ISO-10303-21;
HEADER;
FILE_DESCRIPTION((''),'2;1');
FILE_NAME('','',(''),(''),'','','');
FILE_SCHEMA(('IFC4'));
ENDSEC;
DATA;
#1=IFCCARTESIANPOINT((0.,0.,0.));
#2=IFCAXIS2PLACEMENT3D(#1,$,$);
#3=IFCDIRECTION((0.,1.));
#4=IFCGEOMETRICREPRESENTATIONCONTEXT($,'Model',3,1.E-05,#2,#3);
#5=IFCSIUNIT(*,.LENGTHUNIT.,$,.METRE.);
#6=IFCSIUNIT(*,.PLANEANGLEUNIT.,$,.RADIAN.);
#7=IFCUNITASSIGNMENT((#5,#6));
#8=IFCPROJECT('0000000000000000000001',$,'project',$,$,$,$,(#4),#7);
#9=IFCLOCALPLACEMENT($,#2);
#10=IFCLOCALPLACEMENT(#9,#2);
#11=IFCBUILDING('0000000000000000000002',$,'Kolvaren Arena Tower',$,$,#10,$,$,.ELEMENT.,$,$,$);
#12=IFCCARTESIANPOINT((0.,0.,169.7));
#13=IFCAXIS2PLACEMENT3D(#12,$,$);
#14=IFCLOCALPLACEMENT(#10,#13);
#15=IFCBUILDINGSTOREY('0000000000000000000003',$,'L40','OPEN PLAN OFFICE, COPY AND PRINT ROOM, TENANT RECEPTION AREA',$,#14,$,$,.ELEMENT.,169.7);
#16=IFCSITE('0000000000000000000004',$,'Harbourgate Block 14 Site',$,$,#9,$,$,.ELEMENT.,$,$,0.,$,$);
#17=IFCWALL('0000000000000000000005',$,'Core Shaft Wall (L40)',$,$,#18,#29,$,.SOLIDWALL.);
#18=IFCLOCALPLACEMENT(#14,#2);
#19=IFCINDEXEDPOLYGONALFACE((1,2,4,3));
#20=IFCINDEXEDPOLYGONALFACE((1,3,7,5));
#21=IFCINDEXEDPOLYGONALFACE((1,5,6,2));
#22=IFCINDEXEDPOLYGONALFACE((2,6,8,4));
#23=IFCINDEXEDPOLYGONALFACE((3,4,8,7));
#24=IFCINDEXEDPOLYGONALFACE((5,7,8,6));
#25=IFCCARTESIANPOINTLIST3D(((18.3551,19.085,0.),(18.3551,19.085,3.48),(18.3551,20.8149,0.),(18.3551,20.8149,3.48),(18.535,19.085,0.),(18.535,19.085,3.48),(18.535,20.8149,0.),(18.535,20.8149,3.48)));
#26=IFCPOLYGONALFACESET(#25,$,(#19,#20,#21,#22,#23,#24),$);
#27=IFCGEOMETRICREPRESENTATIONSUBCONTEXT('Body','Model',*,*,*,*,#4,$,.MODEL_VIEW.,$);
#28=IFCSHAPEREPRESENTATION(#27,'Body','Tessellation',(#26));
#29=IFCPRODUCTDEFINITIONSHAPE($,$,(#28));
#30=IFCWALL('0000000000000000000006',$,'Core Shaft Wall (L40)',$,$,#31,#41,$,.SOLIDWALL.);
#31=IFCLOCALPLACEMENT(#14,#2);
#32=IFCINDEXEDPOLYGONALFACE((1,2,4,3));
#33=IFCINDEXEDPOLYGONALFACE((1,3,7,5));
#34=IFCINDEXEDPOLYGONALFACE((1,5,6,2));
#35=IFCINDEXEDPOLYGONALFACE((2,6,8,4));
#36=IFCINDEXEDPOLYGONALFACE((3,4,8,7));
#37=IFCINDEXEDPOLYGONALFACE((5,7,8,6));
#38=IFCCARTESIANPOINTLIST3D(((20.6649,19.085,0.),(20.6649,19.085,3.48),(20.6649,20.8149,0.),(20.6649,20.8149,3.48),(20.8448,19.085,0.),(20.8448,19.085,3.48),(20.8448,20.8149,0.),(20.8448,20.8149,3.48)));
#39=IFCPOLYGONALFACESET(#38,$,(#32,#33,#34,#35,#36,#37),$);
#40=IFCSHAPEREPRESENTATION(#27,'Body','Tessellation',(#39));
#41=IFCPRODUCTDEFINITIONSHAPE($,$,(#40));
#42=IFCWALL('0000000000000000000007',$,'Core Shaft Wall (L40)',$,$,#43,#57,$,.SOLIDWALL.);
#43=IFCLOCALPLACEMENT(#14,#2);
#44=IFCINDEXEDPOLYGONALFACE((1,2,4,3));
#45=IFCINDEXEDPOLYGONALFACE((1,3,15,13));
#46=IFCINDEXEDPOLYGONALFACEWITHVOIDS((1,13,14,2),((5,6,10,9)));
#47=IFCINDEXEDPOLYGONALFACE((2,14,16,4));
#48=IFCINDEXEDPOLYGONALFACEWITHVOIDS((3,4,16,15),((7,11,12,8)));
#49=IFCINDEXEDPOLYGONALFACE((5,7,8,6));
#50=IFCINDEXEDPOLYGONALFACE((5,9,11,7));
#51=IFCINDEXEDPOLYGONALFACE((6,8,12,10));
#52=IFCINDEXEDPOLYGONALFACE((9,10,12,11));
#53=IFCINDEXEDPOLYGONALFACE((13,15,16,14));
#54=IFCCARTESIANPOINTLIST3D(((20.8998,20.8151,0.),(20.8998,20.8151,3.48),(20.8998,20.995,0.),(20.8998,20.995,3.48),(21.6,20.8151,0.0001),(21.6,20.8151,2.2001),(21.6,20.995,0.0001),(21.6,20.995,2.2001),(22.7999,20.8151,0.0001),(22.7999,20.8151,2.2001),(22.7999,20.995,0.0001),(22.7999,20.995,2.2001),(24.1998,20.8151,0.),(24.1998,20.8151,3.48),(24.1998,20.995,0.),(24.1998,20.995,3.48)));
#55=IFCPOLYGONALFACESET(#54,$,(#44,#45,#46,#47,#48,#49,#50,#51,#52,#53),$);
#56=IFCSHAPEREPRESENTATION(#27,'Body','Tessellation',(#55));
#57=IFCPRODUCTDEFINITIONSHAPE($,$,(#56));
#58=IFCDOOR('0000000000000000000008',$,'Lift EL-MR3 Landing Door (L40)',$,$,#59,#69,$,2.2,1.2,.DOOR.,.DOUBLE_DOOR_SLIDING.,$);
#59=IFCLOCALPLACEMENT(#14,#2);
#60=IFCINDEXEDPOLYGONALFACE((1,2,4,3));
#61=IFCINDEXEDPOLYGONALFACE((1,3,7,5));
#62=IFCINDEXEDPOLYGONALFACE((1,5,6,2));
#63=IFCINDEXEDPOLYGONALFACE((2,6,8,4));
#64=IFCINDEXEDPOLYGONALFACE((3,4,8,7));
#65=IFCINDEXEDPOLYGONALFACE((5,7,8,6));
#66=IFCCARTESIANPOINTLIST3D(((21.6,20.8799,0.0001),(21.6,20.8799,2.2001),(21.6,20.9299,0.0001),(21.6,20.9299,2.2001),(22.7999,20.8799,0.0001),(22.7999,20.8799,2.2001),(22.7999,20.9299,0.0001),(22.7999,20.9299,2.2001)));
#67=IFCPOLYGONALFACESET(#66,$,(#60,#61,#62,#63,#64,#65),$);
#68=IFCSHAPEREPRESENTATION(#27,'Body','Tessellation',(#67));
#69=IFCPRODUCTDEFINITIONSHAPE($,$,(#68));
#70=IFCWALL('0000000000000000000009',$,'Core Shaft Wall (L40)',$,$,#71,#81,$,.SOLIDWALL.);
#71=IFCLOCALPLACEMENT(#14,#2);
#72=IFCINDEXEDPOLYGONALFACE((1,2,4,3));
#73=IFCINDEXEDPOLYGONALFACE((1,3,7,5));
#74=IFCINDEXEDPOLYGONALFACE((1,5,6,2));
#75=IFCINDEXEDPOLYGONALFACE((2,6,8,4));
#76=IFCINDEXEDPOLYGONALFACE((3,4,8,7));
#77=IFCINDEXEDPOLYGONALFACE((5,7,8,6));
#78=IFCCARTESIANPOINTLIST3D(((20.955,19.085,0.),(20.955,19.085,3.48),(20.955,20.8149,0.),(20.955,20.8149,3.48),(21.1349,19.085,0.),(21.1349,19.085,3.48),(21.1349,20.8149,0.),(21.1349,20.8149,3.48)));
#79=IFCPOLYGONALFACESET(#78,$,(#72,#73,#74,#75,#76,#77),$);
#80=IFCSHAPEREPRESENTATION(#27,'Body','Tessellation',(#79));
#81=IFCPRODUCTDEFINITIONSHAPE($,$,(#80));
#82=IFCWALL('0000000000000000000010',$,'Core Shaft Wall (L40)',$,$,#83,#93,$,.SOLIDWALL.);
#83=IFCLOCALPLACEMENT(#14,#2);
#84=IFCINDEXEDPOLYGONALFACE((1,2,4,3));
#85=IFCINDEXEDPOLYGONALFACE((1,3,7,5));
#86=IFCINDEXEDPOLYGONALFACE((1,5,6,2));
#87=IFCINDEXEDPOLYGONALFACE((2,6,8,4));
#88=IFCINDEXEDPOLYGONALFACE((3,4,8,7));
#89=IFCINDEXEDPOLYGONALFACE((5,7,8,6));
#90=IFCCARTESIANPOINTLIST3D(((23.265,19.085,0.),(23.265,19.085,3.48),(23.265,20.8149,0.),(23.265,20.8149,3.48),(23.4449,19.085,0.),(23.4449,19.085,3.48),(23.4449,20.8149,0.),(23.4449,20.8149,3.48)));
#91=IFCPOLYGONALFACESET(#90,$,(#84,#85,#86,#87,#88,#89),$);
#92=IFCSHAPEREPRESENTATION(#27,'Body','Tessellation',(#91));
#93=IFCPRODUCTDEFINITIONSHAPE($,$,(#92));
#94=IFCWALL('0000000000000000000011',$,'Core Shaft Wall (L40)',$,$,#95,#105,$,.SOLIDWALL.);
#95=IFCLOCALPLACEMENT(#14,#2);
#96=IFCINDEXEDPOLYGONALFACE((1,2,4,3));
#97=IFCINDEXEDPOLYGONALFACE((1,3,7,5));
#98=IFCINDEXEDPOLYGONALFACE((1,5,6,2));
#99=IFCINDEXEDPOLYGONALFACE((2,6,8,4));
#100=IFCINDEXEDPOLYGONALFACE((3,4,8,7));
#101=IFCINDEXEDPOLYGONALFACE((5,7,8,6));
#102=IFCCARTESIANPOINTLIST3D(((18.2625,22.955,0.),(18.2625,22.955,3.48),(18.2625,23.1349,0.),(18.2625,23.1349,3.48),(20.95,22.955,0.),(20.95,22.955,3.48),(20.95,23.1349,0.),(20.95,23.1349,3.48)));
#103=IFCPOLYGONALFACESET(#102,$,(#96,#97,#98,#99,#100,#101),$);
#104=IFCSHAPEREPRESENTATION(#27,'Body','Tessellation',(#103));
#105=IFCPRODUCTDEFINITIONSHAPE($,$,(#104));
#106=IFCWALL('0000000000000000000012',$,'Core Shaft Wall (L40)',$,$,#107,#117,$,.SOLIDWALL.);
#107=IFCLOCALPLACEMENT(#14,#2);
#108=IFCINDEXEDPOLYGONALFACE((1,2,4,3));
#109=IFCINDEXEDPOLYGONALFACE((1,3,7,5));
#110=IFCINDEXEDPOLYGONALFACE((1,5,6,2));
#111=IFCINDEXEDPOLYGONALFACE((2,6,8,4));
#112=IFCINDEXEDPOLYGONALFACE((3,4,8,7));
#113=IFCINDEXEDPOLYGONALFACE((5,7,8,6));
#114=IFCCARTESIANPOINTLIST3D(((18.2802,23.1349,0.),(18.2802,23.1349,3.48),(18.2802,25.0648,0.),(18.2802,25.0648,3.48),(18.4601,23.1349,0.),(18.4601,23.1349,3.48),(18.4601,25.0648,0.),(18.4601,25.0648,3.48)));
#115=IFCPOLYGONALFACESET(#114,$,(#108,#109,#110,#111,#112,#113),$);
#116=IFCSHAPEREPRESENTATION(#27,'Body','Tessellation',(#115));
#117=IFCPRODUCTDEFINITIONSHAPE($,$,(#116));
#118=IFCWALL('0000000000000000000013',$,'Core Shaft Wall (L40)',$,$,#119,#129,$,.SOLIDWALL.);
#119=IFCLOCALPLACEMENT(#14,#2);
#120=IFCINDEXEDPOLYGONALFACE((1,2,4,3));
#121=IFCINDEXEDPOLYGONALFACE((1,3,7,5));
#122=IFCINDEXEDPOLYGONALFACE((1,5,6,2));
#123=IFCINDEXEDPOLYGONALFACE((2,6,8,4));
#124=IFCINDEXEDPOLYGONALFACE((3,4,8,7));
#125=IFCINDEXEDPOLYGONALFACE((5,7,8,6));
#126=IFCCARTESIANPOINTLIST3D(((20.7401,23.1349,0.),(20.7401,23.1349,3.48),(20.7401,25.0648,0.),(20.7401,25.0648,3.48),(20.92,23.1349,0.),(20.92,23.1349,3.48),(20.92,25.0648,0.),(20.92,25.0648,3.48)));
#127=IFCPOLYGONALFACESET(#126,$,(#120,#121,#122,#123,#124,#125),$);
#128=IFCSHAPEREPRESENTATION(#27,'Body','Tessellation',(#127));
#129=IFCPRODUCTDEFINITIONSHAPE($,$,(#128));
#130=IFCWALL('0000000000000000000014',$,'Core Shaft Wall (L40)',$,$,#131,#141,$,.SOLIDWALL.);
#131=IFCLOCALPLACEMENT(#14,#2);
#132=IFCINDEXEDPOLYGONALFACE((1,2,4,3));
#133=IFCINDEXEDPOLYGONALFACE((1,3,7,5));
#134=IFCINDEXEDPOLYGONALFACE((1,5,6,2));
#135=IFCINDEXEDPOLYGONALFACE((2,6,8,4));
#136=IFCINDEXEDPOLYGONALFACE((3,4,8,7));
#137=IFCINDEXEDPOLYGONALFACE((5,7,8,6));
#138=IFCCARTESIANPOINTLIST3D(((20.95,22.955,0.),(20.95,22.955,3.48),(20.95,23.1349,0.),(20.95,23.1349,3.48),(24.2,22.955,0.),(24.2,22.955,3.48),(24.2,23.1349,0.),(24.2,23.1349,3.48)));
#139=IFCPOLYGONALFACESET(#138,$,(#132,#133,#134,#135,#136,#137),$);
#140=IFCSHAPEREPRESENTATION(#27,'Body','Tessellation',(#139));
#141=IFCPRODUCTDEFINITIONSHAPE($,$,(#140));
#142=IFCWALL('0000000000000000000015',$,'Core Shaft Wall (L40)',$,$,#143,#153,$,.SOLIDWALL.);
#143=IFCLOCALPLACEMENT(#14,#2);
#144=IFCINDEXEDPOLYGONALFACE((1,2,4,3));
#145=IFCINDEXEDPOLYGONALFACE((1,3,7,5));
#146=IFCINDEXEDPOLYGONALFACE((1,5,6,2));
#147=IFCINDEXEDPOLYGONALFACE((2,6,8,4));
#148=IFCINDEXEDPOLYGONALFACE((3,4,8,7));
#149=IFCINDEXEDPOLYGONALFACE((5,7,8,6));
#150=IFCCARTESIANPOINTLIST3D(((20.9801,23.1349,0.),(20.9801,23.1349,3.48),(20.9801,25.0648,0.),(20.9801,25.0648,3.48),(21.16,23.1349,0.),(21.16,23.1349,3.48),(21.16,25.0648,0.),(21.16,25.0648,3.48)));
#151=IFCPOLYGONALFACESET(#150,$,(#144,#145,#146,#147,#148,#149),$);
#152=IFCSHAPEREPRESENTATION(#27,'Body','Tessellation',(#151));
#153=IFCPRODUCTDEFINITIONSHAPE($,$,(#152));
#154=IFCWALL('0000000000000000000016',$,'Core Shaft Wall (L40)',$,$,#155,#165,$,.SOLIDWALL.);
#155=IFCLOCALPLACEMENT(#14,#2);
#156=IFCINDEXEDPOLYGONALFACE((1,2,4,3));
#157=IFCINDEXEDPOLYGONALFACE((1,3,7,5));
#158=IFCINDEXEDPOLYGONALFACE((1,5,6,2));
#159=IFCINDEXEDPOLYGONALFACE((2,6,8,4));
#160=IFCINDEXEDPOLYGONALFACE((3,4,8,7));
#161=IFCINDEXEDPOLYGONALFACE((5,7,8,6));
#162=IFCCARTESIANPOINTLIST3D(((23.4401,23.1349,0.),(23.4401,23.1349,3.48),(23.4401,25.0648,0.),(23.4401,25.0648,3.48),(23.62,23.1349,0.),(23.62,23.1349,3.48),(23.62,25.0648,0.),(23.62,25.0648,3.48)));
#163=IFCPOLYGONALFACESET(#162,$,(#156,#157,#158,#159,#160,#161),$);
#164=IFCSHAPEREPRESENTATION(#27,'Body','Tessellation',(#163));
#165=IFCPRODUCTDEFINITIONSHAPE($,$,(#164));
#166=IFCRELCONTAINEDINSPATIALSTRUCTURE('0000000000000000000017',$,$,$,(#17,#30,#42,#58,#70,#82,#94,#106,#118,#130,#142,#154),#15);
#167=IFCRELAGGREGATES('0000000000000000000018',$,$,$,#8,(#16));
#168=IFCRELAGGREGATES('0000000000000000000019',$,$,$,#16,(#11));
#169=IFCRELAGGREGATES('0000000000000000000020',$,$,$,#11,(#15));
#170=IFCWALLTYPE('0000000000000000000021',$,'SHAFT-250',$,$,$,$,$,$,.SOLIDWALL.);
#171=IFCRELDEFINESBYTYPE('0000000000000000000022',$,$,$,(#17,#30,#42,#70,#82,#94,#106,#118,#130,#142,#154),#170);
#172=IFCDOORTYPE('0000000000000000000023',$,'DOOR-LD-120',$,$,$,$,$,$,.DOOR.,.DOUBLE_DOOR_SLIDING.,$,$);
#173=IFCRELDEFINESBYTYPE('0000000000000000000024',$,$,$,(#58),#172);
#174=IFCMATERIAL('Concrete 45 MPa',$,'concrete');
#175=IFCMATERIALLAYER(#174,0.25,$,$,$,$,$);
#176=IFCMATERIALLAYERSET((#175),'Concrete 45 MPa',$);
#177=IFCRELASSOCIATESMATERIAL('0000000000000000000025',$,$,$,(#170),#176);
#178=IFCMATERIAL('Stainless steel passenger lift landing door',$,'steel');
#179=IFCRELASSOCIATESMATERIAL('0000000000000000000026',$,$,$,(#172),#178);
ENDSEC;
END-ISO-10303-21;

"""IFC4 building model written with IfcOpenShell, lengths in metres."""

from ifc_helpers import new_model, si_unit, direction, frame, frame_2d, origin, place, context, subcontext, project, spatial, rectangle, extrude, material, layer, layer_set, type_object, element, fill, save


model = new_model("IFC4")

# Units and contexts
model_context = context("Model", 3, precision=1e-05, world=origin(), true_north=direction((0.0, 1.0)))
body_context = subcontext(model_context, "Body", "Model", "MODEL_VIEW")
ifc_project = project(units=[si_unit("LENGTHUNIT", "METRE"), si_unit("PLANEANGLEUNIT", "RADIAN")], contexts=[model_context])

# Site, building, storey
site_placement = place(None, origin())
site = spatial("IfcSite", under=ifc_project, at=site_placement, Name="Harbourgate Block 14 Site", CompositionType="ELEMENT", RefElevation=0.0)
building_placement = place(site_placement, origin())
building = spatial("IfcBuilding", under=site, at=building_placement, Name="Kolvaren Arena Tower", CompositionType="ELEMENT")
storey_placement = place(building_placement, frame((0.0, 0.0, 169.7)))
storey = spatial("IfcBuildingStorey", under=building, at=storey_placement, Name="L40", Description="OPEN PLAN OFFICE, COPY AND PRINT ROOM, TENANT RECEPTION AREA", CompositionType="ELEMENT", Elevation=169.7)

# Shared definitions
ifc_material_1 = material(Name="Concrete 45 MPa", Category="concrete")
ifc_layer = layer(ifc_material_1, 0.25)
ifc_layer_set = layer_set([ifc_layer], Name="Concrete 45 MPa")
wall_type = type_object("IfcWallType", Name="SHAFT-250", PredefinedType="SOLIDWALL", material=ifc_layer_set)

# Shared definitions
ifc_material_2 = material(Name="Stainless steel passenger lift landing door", Category="steel")
door_type = type_object("IfcDoorType", Name="DOOR-LD-120", OperationType="DOUBLE_DOOR_SLIDING", PredefinedType="DOOR", material=ifc_material_2)

# Walls
for number, where, z_axis, x_axis, name in (
    (1, (18.4451, 19.085, 0.0), (0.0, 0.0, 1.0), (0.0, 1.0, 0.0), "Core Shaft Wall (L40)"),
    (2, (20.7549, 19.085, 0.0), (0.0, 0.0, 1.0), (0.0, 1.0, 0.0), "Core Shaft Wall (L40)"),
):
    element("IfcWall", number, at=place(storey_placement, frame(where, z_axis=z_axis, x_axis=x_axis)), inside=storey, type_object=wall_type, Name=name, PredefinedType="SOLIDWALL", context=body_context, shape_type="SweptSolid", body=[
        extrude(rectangle(XDim=1.73, YDim=0.1799, at=frame_2d((0.865, 0.0))), origin(), (0.0, 0.0, 1.0), 3.48),
    ])

# Wall, opening, door
wall_1_placement = place(storey_placement, frame((20.8999, 20.905, 0.0), z_axis=(0.0, 0.0, 1.0), x_axis=(1.0, 0.0, 0.0)))
wall_1 = element("IfcWall", 3, at=wall_1_placement, inside=storey, type_object=wall_type, Name="Core Shaft Wall (L40)", PredefinedType="SOLIDWALL", context=body_context, shape_type="SweptSolid", body=[
    extrude(rectangle(XDim=3.3, YDim=0.1799, at=frame_2d((1.6499, 0.0))), origin(), (0.0, 0.0, 1.0), 3.48),
])
opening_1_placement = place(wall_1_placement, frame((0.7, 0.0, 0.0)))
opening_1 = element("IfcOpeningElement", 4, at=opening_1_placement, cuts=wall_1, PredefinedType="OPENING", context=body_context, shape_type="SweptSolid", body=[
    extrude(rectangle(XDim=1.2, YDim=2.2, at=frame_2d((0.6001, 1.1001))), frame((0.0, 0.0999, 0.0), z_axis=(0.0, -1.0, 0.0), x_axis=(1.0, 0.0, 0.0)), (0.0, 0.0, 1.0), 0.2),
])
door_1_placement = place(opening_1_placement, origin())
door_1 = element("IfcDoor", 5, at=door_1_placement, inside=storey, type_object=door_type, Name="Lift EL-MR3 Landing Door (L40)", OperationType="DOUBLE_DOOR_SLIDING", OverallHeight=2.2, OverallWidth=1.2, PredefinedType="DOOR", context=body_context, shape_type="SweptSolid", body=[
    extrude(rectangle(XDim=1.2, YDim=2.2, at=frame_2d((0.6001, 1.1001))), frame((0.0, 0.0249, 0.0), z_axis=(0.0, -1.0, 0.0), x_axis=(1.0, 0.0, 0.0)), (0.0, 0.0, 1.0), 0.05),
])
fill(opening_1, door_1)

# Walls
for number, where, z_axis, x_axis, name in (
    (6, (21.0449, 19.085, 0.0), (0.0, 0.0, 1.0), (0.0, 1.0, 0.0), "Core Shaft Wall (L40)"),
    (7, (23.355, 19.085, 0.0), (0.0, 0.0, 1.0), (0.0, 1.0, 0.0), "Core Shaft Wall (L40)"),
):
    element("IfcWall", number, at=place(storey_placement, frame(where, z_axis=z_axis, x_axis=x_axis)), inside=storey, type_object=wall_type, Name=name, PredefinedType="SOLIDWALL", context=body_context, shape_type="SweptSolid", body=[
        extrude(rectangle(XDim=1.73, YDim=0.1799, at=frame_2d((0.865, 0.0))), origin(), (0.0, 0.0, 1.0), 3.48),
    ])
wall_2_placement = place(storey_placement, frame((18.2625, 23.0449, 0.0), z_axis=(0.0, 0.0, 1.0), x_axis=(1.0, 0.0, 0.0)))
element("IfcWall", 8, at=wall_2_placement, inside=storey, type_object=wall_type, Name="Core Shaft Wall (L40)", PredefinedType="SOLIDWALL", context=body_context, shape_type="SweptSolid", body=[
    extrude(rectangle(XDim=2.6875, YDim=0.1799, at=frame_2d((1.3438, 0.0))), origin(), (0.0, 0.0, 1.0), 3.48),
])
for number, where, z_axis, x_axis, name in (
    (9, (18.3701, 23.135, 0.0), (0.0, 0.0, 1.0), (0.0, 1.0, 0.0), "Core Shaft Wall (L40)"),
    (10, (20.8301, 23.135, 0.0), (0.0, 0.0, 1.0), (0.0, 1.0, 0.0), "Core Shaft Wall (L40)"),
):
    element("IfcWall", number, at=place(storey_placement, frame(where, z_axis=z_axis, x_axis=x_axis)), inside=storey, type_object=wall_type, Name=name, PredefinedType="SOLIDWALL", context=body_context, shape_type="SweptSolid", body=[
        extrude(rectangle(XDim=1.9299, YDim=0.1799, at=frame_2d((0.9648, 0.0))), origin(), (0.0, 0.0, 1.0), 3.48),
    ])
wall_3_placement = place(storey_placement, frame((20.95, 23.0449, 0.0), z_axis=(0.0, 0.0, 1.0), x_axis=(1.0, 0.0, 0.0)))
element("IfcWall", 11, at=wall_3_placement, inside=storey, type_object=wall_type, Name="Core Shaft Wall (L40)", PredefinedType="SOLIDWALL", context=body_context, shape_type="SweptSolid", body=[
    extrude(rectangle(XDim=3.25, YDim=0.1799, at=frame_2d((1.625, 0.0))), origin(), (0.0, 0.0, 1.0), 3.48),
])
for number, where, z_axis, x_axis, name in (
    (12, (21.0701, 23.135, 0.0), (0.0, 0.0, 1.0), (0.0, 1.0, 0.0), "Core Shaft Wall (L40)"),
    (13, (23.53, 23.135, 0.0), (0.0, 0.0, 1.0), (0.0, 1.0, 0.0), "Core Shaft Wall (L40)"),
):
    element("IfcWall", number, at=place(storey_placement, frame(where, z_axis=z_axis, x_axis=x_axis)), inside=storey, type_object=wall_type, Name=name, PredefinedType="SOLIDWALL", context=body_context, shape_type="SweptSolid", body=[
        extrude(rectangle(XDim=1.9299, YDim=0.1799, at=frame_2d((0.9648, 0.0))), origin(), (0.0, 0.0, 1.0), 3.48),
    ])

save(model, "model.ifc")
